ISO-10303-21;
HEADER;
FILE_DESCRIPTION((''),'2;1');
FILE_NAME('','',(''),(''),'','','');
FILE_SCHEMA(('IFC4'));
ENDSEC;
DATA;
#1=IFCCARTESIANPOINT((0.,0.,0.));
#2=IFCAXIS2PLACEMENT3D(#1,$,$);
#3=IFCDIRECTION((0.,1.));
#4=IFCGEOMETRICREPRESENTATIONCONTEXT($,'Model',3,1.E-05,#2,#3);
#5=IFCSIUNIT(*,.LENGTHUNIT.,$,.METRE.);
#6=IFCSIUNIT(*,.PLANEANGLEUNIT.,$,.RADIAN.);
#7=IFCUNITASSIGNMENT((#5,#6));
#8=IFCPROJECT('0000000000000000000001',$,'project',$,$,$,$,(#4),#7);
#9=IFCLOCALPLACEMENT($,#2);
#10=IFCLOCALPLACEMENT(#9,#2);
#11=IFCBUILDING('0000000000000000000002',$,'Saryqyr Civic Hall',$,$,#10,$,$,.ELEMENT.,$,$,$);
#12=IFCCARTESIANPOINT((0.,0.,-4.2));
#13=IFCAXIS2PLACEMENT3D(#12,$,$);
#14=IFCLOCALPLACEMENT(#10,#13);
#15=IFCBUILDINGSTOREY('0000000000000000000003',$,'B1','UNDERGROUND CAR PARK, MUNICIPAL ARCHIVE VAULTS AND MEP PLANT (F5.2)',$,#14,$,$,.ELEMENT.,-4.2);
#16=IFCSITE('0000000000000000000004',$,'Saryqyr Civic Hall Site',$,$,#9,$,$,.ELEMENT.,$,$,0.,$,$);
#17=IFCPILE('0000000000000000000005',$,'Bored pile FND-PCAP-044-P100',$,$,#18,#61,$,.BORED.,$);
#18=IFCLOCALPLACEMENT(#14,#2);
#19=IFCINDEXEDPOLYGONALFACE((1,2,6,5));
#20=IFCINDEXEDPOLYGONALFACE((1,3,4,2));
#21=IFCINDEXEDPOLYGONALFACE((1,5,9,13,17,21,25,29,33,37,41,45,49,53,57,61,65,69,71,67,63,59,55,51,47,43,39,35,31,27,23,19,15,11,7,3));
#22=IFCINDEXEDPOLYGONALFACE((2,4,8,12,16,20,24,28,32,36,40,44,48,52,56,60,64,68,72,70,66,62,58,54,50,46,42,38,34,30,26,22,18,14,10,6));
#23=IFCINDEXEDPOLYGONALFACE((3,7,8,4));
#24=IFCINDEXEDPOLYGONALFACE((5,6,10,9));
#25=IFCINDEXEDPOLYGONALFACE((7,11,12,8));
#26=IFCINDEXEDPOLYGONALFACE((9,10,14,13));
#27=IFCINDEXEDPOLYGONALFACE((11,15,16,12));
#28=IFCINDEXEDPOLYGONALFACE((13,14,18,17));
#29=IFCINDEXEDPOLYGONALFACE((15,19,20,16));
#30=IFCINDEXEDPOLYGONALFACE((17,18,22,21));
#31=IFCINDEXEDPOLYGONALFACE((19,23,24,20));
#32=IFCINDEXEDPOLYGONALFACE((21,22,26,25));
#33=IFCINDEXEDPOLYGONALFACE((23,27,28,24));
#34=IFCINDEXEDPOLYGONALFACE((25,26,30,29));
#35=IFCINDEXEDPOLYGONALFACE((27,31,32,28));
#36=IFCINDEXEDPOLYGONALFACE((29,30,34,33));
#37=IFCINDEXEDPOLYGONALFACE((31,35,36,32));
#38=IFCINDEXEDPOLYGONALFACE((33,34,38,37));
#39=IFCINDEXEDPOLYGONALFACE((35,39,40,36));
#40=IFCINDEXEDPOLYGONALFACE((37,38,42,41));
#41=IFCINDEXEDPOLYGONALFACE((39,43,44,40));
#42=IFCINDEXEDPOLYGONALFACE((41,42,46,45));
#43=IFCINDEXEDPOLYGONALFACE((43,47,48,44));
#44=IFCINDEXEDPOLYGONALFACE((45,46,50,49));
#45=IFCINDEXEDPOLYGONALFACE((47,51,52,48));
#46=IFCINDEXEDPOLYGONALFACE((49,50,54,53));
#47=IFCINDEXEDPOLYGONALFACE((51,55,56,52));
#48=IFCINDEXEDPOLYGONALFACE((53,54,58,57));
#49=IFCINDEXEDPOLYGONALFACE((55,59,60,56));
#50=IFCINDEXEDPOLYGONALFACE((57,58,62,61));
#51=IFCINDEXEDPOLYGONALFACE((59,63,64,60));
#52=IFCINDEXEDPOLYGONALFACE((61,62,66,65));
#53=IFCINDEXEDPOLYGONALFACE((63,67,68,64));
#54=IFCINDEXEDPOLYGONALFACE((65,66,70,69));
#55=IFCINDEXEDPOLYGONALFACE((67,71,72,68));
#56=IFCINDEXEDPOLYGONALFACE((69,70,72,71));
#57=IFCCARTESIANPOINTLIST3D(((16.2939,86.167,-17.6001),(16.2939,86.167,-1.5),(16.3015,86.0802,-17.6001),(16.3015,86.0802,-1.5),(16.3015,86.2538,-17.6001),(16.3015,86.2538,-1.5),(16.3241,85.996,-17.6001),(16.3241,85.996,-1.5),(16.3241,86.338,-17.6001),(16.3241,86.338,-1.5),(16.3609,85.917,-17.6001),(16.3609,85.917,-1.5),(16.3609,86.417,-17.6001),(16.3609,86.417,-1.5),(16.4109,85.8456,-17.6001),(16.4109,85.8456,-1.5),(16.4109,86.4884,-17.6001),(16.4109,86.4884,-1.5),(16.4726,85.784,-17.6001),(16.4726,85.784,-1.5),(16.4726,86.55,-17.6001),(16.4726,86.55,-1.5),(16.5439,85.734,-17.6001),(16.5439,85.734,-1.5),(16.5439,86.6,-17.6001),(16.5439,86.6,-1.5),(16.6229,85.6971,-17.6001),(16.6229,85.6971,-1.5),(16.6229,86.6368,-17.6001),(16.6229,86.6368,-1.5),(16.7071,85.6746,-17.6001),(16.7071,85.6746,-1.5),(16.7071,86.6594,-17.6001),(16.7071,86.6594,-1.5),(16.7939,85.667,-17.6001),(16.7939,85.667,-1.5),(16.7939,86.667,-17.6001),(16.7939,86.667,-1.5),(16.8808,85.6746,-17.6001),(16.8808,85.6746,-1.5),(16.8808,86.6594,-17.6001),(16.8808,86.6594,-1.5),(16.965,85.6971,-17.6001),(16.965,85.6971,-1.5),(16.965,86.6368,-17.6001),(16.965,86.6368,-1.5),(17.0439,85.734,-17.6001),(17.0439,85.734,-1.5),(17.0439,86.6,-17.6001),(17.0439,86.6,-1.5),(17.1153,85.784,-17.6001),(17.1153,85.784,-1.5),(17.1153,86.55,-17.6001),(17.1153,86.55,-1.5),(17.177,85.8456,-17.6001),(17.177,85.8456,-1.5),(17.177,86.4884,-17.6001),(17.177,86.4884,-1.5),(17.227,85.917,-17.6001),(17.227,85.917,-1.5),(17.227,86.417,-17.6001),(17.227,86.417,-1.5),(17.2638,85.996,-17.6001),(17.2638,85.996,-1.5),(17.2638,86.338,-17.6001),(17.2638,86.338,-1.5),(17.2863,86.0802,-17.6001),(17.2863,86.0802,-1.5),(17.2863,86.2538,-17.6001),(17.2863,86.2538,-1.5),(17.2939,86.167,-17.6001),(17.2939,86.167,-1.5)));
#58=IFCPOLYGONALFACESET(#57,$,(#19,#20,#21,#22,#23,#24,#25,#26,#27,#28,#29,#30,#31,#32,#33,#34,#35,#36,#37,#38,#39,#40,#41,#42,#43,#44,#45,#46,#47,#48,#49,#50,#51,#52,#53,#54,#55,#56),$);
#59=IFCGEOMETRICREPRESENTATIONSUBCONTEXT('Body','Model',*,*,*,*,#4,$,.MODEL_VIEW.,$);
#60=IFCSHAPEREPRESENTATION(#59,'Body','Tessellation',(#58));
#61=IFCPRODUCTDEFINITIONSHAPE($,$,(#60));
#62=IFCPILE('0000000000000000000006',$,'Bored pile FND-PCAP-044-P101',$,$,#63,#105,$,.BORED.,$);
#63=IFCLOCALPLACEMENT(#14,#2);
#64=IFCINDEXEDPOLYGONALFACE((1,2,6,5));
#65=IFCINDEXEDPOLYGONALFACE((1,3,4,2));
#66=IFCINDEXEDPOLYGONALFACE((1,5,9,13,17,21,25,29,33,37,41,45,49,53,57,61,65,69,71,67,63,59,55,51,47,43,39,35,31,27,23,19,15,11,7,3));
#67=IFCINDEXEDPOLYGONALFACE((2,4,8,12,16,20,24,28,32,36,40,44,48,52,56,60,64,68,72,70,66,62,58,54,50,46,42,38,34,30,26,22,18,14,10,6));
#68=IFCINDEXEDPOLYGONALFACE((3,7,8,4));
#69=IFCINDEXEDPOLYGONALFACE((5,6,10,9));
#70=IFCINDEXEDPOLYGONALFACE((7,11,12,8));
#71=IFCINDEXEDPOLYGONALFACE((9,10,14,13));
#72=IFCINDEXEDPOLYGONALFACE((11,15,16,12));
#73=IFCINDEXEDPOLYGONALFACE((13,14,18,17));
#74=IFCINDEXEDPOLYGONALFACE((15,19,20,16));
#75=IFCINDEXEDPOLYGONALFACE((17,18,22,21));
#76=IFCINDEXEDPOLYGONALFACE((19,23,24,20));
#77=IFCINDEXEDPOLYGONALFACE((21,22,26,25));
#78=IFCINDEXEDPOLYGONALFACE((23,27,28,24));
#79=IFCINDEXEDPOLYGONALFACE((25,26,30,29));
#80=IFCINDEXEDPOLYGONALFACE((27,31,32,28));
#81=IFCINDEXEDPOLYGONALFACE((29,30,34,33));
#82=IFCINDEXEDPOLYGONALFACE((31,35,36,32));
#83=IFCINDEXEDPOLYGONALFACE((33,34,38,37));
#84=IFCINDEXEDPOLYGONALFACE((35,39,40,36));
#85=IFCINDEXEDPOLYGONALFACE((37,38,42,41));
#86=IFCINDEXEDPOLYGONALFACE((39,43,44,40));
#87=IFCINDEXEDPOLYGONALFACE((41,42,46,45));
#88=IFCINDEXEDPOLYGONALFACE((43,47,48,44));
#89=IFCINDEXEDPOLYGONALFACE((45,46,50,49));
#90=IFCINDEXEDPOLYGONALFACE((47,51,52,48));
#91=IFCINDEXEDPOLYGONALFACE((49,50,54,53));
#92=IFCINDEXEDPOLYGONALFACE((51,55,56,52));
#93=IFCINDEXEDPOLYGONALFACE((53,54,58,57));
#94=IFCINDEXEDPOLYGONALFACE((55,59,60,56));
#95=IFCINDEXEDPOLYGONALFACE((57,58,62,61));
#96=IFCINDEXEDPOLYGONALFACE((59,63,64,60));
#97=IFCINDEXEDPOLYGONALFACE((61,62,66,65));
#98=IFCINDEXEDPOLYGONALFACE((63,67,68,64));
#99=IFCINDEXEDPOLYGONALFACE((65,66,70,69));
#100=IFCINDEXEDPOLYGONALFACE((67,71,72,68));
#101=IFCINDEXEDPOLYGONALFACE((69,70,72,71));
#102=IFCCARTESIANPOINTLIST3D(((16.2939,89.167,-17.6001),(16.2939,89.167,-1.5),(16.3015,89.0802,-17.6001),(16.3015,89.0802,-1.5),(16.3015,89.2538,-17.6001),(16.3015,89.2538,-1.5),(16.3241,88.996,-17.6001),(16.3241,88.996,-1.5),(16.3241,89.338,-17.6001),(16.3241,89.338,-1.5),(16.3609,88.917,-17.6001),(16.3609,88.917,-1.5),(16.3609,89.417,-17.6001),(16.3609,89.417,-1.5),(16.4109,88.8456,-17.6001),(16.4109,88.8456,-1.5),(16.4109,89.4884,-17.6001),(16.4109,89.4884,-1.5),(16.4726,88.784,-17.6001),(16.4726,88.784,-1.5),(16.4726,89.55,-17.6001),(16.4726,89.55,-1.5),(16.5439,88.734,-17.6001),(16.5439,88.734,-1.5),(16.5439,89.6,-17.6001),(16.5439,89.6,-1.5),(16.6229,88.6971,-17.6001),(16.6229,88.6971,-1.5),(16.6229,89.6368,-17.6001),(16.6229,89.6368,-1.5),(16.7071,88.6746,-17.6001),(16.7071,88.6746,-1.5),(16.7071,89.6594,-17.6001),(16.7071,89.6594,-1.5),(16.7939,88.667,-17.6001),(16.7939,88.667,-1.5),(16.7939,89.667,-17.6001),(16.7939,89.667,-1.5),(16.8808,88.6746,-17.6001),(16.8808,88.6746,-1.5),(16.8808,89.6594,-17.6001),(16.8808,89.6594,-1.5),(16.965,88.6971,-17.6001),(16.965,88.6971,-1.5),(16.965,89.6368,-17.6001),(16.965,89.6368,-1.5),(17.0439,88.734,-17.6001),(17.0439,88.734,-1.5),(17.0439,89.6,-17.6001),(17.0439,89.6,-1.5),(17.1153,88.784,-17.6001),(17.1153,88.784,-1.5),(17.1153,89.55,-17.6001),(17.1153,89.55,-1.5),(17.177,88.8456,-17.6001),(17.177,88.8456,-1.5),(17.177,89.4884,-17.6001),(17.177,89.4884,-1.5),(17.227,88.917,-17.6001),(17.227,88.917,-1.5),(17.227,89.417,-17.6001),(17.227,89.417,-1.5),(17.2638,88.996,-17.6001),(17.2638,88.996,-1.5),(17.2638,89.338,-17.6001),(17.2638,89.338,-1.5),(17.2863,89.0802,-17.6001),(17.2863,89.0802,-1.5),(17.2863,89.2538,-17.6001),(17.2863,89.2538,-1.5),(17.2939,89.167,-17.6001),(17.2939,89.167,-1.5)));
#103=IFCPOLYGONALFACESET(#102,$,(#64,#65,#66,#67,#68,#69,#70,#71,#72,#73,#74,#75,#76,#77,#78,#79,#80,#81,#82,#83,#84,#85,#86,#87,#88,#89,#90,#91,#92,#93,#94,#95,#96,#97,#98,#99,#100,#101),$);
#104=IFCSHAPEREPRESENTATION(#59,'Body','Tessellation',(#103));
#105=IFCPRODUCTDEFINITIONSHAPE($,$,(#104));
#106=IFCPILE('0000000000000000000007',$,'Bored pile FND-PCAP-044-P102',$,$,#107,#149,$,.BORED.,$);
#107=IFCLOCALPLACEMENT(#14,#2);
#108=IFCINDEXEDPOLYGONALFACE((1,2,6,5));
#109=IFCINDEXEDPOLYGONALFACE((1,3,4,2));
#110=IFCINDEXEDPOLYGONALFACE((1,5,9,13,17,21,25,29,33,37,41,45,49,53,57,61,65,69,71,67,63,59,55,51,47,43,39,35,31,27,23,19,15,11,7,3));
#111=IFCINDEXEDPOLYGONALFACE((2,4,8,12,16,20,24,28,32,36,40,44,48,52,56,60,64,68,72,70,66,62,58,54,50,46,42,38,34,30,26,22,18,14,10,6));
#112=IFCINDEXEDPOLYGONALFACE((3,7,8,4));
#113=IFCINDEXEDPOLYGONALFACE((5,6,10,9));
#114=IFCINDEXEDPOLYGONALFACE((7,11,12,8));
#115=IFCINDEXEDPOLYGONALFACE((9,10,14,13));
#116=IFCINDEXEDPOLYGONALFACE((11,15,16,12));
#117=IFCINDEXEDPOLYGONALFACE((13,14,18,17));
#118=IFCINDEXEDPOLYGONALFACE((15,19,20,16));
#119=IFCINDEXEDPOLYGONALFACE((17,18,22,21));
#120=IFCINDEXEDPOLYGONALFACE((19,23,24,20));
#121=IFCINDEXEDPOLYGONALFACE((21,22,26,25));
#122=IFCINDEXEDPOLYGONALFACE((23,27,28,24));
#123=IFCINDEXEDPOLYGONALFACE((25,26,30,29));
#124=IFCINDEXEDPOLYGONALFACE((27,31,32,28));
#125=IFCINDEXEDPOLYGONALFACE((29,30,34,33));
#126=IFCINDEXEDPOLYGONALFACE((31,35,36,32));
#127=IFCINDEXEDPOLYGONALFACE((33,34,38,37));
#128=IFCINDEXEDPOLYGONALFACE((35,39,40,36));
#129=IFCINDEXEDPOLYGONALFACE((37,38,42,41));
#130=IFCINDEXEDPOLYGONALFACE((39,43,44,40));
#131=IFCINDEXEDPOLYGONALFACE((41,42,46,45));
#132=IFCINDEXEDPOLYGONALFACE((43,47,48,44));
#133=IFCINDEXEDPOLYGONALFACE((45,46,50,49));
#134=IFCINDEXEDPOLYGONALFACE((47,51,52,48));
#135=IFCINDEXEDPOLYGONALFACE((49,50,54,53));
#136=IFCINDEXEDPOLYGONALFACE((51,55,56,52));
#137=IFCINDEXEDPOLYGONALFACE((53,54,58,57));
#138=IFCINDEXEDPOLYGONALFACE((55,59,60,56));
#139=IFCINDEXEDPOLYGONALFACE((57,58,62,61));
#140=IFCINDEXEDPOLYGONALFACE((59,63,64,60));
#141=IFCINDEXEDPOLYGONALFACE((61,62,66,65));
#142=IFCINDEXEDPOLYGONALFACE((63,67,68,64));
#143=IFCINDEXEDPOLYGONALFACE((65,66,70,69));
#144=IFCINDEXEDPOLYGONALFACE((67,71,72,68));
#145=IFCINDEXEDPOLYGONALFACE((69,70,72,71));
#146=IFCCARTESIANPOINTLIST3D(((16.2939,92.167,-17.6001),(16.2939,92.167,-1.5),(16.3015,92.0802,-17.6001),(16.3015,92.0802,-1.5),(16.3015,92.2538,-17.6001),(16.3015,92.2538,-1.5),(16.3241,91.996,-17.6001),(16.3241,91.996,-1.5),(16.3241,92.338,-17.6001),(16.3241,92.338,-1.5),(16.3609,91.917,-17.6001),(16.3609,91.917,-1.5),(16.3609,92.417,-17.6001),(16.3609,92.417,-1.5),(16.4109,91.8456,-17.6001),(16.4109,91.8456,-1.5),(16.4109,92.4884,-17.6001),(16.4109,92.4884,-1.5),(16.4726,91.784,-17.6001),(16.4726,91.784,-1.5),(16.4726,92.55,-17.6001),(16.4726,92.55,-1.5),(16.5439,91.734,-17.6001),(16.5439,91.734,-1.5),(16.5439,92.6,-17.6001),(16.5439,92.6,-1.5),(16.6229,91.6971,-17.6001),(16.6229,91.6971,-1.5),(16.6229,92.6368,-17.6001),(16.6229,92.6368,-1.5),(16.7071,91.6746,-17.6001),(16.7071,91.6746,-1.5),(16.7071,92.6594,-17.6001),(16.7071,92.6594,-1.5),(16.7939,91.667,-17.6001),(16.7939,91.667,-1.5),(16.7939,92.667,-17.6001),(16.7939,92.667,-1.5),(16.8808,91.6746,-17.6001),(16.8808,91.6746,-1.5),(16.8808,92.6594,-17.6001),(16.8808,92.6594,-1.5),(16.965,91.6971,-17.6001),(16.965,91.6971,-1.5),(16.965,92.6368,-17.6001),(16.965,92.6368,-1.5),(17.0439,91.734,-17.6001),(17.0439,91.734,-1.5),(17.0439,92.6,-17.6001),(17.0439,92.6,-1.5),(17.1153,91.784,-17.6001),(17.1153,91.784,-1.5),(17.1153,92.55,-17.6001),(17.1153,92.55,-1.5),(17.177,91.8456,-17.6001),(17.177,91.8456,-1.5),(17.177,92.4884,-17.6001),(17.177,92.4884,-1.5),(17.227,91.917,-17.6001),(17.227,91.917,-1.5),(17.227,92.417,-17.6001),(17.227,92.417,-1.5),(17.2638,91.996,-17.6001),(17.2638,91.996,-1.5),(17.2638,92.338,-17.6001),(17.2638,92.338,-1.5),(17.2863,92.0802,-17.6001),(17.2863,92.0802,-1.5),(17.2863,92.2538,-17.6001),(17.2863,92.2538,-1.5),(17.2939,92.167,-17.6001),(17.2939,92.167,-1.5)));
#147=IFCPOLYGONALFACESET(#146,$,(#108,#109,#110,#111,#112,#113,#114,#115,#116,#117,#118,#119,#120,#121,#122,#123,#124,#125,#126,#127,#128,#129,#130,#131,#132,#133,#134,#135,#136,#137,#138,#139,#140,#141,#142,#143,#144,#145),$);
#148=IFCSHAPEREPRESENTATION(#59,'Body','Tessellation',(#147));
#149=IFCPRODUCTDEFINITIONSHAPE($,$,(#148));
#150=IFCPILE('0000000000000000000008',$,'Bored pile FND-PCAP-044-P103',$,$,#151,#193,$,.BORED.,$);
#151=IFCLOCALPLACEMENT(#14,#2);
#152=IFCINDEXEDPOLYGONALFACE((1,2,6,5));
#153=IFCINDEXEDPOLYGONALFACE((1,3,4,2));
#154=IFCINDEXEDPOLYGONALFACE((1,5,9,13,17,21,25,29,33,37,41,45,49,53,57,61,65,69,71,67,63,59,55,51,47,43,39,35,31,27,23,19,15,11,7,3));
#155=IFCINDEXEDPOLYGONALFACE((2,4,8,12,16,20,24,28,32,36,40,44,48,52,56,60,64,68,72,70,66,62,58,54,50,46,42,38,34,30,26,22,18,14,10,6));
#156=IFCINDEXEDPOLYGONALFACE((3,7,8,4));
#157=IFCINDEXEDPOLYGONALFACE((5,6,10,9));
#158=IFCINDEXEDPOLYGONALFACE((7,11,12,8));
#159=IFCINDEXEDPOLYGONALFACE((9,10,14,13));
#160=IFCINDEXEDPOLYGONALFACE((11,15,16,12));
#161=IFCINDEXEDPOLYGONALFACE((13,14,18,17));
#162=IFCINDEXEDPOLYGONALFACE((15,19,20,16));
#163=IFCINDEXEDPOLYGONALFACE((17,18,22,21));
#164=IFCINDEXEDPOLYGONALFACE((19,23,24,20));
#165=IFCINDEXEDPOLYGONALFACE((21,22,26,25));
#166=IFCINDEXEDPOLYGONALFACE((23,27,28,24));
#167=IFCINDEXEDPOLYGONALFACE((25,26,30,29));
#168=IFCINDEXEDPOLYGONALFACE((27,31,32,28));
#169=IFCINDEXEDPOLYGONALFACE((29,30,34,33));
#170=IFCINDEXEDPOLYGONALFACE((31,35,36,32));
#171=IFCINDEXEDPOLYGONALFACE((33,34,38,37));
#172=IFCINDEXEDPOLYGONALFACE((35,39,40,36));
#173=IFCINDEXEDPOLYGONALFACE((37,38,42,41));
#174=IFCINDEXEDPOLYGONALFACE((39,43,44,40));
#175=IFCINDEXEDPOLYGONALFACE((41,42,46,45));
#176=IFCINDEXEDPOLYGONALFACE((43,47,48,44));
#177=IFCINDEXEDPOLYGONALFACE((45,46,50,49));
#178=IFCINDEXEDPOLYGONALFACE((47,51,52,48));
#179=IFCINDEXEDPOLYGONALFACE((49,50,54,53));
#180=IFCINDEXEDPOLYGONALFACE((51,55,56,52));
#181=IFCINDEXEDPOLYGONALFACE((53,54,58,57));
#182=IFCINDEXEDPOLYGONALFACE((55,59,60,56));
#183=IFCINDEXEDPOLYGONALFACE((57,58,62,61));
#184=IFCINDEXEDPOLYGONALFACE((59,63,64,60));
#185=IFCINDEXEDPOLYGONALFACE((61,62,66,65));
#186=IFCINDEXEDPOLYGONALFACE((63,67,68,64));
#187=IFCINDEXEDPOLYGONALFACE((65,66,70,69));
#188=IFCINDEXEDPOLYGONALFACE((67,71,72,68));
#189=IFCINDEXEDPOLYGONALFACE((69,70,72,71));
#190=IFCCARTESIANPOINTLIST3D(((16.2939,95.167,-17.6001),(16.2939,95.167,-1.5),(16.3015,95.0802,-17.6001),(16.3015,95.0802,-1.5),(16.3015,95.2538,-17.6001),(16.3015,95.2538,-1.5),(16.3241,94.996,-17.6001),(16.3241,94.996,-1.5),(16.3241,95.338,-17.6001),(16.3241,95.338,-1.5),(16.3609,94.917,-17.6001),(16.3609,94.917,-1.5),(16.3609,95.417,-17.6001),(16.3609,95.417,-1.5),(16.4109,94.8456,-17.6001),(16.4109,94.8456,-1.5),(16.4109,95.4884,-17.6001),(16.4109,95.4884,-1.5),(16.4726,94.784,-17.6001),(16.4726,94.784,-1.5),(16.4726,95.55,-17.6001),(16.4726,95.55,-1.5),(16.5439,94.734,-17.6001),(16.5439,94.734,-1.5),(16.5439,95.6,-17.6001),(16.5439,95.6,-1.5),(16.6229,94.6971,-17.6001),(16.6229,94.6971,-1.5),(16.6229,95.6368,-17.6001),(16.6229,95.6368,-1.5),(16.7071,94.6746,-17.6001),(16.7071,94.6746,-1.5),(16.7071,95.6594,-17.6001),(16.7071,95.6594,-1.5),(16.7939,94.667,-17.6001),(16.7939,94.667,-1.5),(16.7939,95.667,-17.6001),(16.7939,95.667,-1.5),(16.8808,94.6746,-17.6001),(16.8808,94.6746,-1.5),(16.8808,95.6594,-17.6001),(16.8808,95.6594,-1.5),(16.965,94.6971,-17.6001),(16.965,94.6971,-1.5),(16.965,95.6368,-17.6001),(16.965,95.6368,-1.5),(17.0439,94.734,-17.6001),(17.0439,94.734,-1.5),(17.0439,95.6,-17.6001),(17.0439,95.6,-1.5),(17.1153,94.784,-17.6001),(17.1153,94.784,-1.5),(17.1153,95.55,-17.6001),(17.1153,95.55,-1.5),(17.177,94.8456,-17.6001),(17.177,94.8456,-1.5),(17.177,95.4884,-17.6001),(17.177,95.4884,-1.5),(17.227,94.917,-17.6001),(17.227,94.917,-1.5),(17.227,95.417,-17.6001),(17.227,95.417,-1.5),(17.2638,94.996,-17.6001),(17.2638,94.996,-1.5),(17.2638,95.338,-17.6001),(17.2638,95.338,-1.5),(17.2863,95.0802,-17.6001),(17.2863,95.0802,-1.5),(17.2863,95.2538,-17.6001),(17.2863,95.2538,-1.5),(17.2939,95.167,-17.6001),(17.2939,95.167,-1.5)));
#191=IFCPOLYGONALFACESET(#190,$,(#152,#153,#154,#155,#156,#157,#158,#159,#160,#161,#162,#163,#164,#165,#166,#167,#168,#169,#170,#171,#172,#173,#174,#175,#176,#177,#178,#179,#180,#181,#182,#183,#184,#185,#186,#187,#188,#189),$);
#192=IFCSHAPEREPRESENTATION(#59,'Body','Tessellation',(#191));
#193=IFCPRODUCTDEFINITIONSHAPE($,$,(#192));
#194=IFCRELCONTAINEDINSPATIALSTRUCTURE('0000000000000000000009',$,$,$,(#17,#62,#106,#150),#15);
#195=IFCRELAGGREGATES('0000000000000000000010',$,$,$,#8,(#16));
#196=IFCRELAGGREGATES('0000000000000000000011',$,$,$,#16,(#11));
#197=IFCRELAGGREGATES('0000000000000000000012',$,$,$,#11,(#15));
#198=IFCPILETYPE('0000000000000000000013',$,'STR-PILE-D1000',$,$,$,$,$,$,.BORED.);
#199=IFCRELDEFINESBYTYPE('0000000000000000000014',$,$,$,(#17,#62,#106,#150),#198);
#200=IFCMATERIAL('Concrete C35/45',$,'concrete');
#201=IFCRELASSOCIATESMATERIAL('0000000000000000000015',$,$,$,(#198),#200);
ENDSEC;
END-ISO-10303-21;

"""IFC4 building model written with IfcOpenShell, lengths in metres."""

from ifc_helpers import new_model, si_unit, direction, frame, origin, origin_2d, place, context, subcontext, project, spatial, circle, extrude, material, material_profile, profile_set, type_object, element, save


model = new_model("IFC4")

# Units and contexts
model_context = context("Model", 3, precision=1e-05, world=origin(), true_north=direction((0.0, 1.0)))
body_context = subcontext(model_context, "Body", "Model", "MODEL_VIEW")
ifc_project = project(units=[si_unit("LENGTHUNIT", "METRE"), si_unit("PLANEANGLEUNIT", "RADIAN")], contexts=[model_context])

# Site, building, storey
site_placement = place(None, origin())
site = spatial("IfcSite", under=ifc_project, at=site_placement, Name="Saryqyr Civic Hall Site", CompositionType="ELEMENT", RefElevation=0.0)
building_placement = place(site_placement, origin())
building = spatial("IfcBuilding", under=site, at=building_placement, Name="Saryqyr Civic Hall", CompositionType="ELEMENT")
storey_placement = place(building_placement, frame((0.0, 0.0, -4.2)))
storey = spatial("IfcBuildingStorey", under=building, at=storey_placement, Name="B1", Description="UNDERGROUND CAR PARK, MUNICIPAL ARCHIVE VAULTS AND MEP PLANT (F5.2)", CompositionType="ELEMENT", Elevation=-4.2)

# Piles
ifc_material_1 = material(Name="Concrete C35/45", Category="concrete")
ifc_material_profile_1 = material_profile(ifc_material_1, circle(Radius=0.5, at=origin_2d()), Name="BORED PILE D1000")
ifc_profile_set_1 = profile_set([ifc_material_profile_1], Name="Concrete C35/45")
pile_type = type_object("IfcPileType", Name="STR-PILE-D1000", PredefinedType="BORED", material=ifc_profile_set_1)
for number, where, z_axis, x_axis, name in (
    (1, (16.7939, 86.167, -1.5), (0.0, 0.0, -1.0), (1.0, 0.0, 0.0), "Bored pile FND-PCAP-044-P100"),
    (2, (16.7939, 89.167, -1.5), (0.0, 0.0, -1.0), (1.0, 0.0, 0.0), "Bored pile FND-PCAP-044-P101"),
    (3, (16.7939, 92.167, -1.5), (0.0, 0.0, -1.0), (1.0, 0.0, 0.0), "Bored pile FND-PCAP-044-P102"),
    (4, (16.7939, 95.167, -1.5), (0.0, 0.0, -1.0), (1.0, 0.0, 0.0), "Bored pile FND-PCAP-044-P103"),
):
    element("IfcPile", number, at=place(storey_placement, frame(where, z_axis=z_axis, x_axis=x_axis)), inside=storey, type_object=pile_type, Name=name, PredefinedType="BORED", context=body_context, shape_type="SweptSolid", body=[
        extrude(circle(Radius=0.5, at=origin_2d()), origin(), (0.0, 0.0, 1.0), 16.1001),
    ])

save(model, "model.ifc")
